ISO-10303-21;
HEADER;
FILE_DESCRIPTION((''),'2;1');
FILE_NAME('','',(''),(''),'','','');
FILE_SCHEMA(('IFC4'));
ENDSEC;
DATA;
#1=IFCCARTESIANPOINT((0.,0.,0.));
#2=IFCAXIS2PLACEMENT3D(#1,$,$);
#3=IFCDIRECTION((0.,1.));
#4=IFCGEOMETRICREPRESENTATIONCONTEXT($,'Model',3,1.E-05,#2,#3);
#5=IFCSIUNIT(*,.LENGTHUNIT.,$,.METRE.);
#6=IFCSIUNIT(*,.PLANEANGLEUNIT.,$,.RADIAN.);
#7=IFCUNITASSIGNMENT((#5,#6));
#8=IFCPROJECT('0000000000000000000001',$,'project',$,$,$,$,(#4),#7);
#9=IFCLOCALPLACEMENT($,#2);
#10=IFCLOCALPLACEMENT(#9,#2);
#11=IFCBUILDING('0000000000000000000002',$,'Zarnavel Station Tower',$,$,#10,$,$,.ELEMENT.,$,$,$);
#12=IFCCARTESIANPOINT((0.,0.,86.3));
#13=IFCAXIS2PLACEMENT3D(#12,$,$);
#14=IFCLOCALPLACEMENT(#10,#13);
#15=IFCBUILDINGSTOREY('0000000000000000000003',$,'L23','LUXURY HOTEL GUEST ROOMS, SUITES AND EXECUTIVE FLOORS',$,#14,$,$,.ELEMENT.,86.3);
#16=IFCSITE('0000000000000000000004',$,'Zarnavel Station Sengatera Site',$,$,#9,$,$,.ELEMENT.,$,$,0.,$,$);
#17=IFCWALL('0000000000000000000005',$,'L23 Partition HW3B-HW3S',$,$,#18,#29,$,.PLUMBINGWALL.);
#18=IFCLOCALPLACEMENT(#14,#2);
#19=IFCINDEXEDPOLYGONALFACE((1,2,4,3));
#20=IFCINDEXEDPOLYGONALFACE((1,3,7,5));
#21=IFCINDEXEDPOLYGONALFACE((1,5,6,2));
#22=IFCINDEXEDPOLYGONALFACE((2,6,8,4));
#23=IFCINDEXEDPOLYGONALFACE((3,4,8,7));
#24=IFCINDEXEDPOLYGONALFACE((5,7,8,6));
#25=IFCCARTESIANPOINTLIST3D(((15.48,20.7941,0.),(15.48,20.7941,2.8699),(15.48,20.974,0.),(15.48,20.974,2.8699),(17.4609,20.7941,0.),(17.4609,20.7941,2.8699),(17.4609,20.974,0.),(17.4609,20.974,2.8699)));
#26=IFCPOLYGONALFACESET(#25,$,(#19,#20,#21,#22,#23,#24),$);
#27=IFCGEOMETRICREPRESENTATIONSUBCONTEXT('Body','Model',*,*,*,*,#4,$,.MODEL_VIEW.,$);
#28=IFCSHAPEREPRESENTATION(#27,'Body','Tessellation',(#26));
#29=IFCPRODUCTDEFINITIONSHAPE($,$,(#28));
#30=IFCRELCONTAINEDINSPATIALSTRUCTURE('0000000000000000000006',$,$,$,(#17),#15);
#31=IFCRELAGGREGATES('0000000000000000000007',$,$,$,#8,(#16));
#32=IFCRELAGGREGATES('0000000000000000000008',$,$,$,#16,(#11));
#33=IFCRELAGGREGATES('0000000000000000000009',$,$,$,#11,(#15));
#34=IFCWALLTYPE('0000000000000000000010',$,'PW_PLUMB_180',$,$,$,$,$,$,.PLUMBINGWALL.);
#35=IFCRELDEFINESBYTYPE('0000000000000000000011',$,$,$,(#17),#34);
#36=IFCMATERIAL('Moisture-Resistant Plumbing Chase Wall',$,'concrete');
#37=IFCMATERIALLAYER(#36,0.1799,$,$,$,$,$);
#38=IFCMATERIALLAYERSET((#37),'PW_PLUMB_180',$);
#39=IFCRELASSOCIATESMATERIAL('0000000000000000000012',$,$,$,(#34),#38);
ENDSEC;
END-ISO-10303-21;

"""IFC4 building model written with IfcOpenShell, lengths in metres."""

from ifc_helpers import new_model, si_unit, direction, frame, frame_2d, origin, place, context, subcontext, project, spatial, rectangle, extrude, material, layer, layer_set, type_object, element, save


model = new_model("IFC4")

# Units and contexts
model_context = context("Model", 3, precision=1e-05, world=origin(), true_north=direction((0.0, 1.0)))
body_context = subcontext(model_context, "Body", "Model", "MODEL_VIEW")
ifc_project = project(units=[si_unit("LENGTHUNIT", "METRE"), si_unit("PLANEANGLEUNIT", "RADIAN")], contexts=[model_context])

# Site, building, storey
site_placement = place(None, origin())
site = spatial("IfcSite", under=ifc_project, at=site_placement, Name="Zarnavel Station Sengatera Site", CompositionType="ELEMENT", RefElevation=0.0)
building_placement = place(site_placement, origin())
building = spatial("IfcBuilding", under=site, at=building_placement, Name="Zarnavel Station Tower", CompositionType="ELEMENT")
storey_placement = place(building_placement, frame((0.0, 0.0, 86.3)))
storey = spatial("IfcBuildingStorey", under=building, at=storey_placement, Name="L23", Description="LUXURY HOTEL GUEST ROOMS, SUITES AND EXECUTIVE FLOORS", CompositionType="ELEMENT", Elevation=86.3)

# Shared definitions
ifc_material_1 = material(Name="Moisture-Resistant Plumbing Chase Wall", Category="concrete")
ifc_layer_1 = layer(ifc_material_1, 0.1799)
ifc_layer_set_1 = layer_set([ifc_layer_1], Name="PW_PLUMB_180")
wall_type_1 = type_object("IfcWallType", Name="PW_PLUMB_180", PredefinedType="PLUMBINGWALL", material=ifc_layer_set_1)

# Wall
wall_1_placement = place(storey_placement, frame((15.48, 20.884, 0.0), z_axis=(0.0, 0.0, 1.0), x_axis=(1.0, 0.0, 0.0)))
element("IfcWall", 1, at=wall_1_placement, inside=storey, type_object=wall_type_1, Name="L23 Partition HW3B-HW3S", PredefinedType="PLUMBINGWALL", context=body_context, shape_type="SweptSolid", body=[
    extrude(rectangle(XDim=1.981, YDim=0.1799, at=frame_2d((0.9905, 0.0))), origin(), (0.0, 0.0, 1.0), 2.8699),
])

save(model, "model.ifc")
